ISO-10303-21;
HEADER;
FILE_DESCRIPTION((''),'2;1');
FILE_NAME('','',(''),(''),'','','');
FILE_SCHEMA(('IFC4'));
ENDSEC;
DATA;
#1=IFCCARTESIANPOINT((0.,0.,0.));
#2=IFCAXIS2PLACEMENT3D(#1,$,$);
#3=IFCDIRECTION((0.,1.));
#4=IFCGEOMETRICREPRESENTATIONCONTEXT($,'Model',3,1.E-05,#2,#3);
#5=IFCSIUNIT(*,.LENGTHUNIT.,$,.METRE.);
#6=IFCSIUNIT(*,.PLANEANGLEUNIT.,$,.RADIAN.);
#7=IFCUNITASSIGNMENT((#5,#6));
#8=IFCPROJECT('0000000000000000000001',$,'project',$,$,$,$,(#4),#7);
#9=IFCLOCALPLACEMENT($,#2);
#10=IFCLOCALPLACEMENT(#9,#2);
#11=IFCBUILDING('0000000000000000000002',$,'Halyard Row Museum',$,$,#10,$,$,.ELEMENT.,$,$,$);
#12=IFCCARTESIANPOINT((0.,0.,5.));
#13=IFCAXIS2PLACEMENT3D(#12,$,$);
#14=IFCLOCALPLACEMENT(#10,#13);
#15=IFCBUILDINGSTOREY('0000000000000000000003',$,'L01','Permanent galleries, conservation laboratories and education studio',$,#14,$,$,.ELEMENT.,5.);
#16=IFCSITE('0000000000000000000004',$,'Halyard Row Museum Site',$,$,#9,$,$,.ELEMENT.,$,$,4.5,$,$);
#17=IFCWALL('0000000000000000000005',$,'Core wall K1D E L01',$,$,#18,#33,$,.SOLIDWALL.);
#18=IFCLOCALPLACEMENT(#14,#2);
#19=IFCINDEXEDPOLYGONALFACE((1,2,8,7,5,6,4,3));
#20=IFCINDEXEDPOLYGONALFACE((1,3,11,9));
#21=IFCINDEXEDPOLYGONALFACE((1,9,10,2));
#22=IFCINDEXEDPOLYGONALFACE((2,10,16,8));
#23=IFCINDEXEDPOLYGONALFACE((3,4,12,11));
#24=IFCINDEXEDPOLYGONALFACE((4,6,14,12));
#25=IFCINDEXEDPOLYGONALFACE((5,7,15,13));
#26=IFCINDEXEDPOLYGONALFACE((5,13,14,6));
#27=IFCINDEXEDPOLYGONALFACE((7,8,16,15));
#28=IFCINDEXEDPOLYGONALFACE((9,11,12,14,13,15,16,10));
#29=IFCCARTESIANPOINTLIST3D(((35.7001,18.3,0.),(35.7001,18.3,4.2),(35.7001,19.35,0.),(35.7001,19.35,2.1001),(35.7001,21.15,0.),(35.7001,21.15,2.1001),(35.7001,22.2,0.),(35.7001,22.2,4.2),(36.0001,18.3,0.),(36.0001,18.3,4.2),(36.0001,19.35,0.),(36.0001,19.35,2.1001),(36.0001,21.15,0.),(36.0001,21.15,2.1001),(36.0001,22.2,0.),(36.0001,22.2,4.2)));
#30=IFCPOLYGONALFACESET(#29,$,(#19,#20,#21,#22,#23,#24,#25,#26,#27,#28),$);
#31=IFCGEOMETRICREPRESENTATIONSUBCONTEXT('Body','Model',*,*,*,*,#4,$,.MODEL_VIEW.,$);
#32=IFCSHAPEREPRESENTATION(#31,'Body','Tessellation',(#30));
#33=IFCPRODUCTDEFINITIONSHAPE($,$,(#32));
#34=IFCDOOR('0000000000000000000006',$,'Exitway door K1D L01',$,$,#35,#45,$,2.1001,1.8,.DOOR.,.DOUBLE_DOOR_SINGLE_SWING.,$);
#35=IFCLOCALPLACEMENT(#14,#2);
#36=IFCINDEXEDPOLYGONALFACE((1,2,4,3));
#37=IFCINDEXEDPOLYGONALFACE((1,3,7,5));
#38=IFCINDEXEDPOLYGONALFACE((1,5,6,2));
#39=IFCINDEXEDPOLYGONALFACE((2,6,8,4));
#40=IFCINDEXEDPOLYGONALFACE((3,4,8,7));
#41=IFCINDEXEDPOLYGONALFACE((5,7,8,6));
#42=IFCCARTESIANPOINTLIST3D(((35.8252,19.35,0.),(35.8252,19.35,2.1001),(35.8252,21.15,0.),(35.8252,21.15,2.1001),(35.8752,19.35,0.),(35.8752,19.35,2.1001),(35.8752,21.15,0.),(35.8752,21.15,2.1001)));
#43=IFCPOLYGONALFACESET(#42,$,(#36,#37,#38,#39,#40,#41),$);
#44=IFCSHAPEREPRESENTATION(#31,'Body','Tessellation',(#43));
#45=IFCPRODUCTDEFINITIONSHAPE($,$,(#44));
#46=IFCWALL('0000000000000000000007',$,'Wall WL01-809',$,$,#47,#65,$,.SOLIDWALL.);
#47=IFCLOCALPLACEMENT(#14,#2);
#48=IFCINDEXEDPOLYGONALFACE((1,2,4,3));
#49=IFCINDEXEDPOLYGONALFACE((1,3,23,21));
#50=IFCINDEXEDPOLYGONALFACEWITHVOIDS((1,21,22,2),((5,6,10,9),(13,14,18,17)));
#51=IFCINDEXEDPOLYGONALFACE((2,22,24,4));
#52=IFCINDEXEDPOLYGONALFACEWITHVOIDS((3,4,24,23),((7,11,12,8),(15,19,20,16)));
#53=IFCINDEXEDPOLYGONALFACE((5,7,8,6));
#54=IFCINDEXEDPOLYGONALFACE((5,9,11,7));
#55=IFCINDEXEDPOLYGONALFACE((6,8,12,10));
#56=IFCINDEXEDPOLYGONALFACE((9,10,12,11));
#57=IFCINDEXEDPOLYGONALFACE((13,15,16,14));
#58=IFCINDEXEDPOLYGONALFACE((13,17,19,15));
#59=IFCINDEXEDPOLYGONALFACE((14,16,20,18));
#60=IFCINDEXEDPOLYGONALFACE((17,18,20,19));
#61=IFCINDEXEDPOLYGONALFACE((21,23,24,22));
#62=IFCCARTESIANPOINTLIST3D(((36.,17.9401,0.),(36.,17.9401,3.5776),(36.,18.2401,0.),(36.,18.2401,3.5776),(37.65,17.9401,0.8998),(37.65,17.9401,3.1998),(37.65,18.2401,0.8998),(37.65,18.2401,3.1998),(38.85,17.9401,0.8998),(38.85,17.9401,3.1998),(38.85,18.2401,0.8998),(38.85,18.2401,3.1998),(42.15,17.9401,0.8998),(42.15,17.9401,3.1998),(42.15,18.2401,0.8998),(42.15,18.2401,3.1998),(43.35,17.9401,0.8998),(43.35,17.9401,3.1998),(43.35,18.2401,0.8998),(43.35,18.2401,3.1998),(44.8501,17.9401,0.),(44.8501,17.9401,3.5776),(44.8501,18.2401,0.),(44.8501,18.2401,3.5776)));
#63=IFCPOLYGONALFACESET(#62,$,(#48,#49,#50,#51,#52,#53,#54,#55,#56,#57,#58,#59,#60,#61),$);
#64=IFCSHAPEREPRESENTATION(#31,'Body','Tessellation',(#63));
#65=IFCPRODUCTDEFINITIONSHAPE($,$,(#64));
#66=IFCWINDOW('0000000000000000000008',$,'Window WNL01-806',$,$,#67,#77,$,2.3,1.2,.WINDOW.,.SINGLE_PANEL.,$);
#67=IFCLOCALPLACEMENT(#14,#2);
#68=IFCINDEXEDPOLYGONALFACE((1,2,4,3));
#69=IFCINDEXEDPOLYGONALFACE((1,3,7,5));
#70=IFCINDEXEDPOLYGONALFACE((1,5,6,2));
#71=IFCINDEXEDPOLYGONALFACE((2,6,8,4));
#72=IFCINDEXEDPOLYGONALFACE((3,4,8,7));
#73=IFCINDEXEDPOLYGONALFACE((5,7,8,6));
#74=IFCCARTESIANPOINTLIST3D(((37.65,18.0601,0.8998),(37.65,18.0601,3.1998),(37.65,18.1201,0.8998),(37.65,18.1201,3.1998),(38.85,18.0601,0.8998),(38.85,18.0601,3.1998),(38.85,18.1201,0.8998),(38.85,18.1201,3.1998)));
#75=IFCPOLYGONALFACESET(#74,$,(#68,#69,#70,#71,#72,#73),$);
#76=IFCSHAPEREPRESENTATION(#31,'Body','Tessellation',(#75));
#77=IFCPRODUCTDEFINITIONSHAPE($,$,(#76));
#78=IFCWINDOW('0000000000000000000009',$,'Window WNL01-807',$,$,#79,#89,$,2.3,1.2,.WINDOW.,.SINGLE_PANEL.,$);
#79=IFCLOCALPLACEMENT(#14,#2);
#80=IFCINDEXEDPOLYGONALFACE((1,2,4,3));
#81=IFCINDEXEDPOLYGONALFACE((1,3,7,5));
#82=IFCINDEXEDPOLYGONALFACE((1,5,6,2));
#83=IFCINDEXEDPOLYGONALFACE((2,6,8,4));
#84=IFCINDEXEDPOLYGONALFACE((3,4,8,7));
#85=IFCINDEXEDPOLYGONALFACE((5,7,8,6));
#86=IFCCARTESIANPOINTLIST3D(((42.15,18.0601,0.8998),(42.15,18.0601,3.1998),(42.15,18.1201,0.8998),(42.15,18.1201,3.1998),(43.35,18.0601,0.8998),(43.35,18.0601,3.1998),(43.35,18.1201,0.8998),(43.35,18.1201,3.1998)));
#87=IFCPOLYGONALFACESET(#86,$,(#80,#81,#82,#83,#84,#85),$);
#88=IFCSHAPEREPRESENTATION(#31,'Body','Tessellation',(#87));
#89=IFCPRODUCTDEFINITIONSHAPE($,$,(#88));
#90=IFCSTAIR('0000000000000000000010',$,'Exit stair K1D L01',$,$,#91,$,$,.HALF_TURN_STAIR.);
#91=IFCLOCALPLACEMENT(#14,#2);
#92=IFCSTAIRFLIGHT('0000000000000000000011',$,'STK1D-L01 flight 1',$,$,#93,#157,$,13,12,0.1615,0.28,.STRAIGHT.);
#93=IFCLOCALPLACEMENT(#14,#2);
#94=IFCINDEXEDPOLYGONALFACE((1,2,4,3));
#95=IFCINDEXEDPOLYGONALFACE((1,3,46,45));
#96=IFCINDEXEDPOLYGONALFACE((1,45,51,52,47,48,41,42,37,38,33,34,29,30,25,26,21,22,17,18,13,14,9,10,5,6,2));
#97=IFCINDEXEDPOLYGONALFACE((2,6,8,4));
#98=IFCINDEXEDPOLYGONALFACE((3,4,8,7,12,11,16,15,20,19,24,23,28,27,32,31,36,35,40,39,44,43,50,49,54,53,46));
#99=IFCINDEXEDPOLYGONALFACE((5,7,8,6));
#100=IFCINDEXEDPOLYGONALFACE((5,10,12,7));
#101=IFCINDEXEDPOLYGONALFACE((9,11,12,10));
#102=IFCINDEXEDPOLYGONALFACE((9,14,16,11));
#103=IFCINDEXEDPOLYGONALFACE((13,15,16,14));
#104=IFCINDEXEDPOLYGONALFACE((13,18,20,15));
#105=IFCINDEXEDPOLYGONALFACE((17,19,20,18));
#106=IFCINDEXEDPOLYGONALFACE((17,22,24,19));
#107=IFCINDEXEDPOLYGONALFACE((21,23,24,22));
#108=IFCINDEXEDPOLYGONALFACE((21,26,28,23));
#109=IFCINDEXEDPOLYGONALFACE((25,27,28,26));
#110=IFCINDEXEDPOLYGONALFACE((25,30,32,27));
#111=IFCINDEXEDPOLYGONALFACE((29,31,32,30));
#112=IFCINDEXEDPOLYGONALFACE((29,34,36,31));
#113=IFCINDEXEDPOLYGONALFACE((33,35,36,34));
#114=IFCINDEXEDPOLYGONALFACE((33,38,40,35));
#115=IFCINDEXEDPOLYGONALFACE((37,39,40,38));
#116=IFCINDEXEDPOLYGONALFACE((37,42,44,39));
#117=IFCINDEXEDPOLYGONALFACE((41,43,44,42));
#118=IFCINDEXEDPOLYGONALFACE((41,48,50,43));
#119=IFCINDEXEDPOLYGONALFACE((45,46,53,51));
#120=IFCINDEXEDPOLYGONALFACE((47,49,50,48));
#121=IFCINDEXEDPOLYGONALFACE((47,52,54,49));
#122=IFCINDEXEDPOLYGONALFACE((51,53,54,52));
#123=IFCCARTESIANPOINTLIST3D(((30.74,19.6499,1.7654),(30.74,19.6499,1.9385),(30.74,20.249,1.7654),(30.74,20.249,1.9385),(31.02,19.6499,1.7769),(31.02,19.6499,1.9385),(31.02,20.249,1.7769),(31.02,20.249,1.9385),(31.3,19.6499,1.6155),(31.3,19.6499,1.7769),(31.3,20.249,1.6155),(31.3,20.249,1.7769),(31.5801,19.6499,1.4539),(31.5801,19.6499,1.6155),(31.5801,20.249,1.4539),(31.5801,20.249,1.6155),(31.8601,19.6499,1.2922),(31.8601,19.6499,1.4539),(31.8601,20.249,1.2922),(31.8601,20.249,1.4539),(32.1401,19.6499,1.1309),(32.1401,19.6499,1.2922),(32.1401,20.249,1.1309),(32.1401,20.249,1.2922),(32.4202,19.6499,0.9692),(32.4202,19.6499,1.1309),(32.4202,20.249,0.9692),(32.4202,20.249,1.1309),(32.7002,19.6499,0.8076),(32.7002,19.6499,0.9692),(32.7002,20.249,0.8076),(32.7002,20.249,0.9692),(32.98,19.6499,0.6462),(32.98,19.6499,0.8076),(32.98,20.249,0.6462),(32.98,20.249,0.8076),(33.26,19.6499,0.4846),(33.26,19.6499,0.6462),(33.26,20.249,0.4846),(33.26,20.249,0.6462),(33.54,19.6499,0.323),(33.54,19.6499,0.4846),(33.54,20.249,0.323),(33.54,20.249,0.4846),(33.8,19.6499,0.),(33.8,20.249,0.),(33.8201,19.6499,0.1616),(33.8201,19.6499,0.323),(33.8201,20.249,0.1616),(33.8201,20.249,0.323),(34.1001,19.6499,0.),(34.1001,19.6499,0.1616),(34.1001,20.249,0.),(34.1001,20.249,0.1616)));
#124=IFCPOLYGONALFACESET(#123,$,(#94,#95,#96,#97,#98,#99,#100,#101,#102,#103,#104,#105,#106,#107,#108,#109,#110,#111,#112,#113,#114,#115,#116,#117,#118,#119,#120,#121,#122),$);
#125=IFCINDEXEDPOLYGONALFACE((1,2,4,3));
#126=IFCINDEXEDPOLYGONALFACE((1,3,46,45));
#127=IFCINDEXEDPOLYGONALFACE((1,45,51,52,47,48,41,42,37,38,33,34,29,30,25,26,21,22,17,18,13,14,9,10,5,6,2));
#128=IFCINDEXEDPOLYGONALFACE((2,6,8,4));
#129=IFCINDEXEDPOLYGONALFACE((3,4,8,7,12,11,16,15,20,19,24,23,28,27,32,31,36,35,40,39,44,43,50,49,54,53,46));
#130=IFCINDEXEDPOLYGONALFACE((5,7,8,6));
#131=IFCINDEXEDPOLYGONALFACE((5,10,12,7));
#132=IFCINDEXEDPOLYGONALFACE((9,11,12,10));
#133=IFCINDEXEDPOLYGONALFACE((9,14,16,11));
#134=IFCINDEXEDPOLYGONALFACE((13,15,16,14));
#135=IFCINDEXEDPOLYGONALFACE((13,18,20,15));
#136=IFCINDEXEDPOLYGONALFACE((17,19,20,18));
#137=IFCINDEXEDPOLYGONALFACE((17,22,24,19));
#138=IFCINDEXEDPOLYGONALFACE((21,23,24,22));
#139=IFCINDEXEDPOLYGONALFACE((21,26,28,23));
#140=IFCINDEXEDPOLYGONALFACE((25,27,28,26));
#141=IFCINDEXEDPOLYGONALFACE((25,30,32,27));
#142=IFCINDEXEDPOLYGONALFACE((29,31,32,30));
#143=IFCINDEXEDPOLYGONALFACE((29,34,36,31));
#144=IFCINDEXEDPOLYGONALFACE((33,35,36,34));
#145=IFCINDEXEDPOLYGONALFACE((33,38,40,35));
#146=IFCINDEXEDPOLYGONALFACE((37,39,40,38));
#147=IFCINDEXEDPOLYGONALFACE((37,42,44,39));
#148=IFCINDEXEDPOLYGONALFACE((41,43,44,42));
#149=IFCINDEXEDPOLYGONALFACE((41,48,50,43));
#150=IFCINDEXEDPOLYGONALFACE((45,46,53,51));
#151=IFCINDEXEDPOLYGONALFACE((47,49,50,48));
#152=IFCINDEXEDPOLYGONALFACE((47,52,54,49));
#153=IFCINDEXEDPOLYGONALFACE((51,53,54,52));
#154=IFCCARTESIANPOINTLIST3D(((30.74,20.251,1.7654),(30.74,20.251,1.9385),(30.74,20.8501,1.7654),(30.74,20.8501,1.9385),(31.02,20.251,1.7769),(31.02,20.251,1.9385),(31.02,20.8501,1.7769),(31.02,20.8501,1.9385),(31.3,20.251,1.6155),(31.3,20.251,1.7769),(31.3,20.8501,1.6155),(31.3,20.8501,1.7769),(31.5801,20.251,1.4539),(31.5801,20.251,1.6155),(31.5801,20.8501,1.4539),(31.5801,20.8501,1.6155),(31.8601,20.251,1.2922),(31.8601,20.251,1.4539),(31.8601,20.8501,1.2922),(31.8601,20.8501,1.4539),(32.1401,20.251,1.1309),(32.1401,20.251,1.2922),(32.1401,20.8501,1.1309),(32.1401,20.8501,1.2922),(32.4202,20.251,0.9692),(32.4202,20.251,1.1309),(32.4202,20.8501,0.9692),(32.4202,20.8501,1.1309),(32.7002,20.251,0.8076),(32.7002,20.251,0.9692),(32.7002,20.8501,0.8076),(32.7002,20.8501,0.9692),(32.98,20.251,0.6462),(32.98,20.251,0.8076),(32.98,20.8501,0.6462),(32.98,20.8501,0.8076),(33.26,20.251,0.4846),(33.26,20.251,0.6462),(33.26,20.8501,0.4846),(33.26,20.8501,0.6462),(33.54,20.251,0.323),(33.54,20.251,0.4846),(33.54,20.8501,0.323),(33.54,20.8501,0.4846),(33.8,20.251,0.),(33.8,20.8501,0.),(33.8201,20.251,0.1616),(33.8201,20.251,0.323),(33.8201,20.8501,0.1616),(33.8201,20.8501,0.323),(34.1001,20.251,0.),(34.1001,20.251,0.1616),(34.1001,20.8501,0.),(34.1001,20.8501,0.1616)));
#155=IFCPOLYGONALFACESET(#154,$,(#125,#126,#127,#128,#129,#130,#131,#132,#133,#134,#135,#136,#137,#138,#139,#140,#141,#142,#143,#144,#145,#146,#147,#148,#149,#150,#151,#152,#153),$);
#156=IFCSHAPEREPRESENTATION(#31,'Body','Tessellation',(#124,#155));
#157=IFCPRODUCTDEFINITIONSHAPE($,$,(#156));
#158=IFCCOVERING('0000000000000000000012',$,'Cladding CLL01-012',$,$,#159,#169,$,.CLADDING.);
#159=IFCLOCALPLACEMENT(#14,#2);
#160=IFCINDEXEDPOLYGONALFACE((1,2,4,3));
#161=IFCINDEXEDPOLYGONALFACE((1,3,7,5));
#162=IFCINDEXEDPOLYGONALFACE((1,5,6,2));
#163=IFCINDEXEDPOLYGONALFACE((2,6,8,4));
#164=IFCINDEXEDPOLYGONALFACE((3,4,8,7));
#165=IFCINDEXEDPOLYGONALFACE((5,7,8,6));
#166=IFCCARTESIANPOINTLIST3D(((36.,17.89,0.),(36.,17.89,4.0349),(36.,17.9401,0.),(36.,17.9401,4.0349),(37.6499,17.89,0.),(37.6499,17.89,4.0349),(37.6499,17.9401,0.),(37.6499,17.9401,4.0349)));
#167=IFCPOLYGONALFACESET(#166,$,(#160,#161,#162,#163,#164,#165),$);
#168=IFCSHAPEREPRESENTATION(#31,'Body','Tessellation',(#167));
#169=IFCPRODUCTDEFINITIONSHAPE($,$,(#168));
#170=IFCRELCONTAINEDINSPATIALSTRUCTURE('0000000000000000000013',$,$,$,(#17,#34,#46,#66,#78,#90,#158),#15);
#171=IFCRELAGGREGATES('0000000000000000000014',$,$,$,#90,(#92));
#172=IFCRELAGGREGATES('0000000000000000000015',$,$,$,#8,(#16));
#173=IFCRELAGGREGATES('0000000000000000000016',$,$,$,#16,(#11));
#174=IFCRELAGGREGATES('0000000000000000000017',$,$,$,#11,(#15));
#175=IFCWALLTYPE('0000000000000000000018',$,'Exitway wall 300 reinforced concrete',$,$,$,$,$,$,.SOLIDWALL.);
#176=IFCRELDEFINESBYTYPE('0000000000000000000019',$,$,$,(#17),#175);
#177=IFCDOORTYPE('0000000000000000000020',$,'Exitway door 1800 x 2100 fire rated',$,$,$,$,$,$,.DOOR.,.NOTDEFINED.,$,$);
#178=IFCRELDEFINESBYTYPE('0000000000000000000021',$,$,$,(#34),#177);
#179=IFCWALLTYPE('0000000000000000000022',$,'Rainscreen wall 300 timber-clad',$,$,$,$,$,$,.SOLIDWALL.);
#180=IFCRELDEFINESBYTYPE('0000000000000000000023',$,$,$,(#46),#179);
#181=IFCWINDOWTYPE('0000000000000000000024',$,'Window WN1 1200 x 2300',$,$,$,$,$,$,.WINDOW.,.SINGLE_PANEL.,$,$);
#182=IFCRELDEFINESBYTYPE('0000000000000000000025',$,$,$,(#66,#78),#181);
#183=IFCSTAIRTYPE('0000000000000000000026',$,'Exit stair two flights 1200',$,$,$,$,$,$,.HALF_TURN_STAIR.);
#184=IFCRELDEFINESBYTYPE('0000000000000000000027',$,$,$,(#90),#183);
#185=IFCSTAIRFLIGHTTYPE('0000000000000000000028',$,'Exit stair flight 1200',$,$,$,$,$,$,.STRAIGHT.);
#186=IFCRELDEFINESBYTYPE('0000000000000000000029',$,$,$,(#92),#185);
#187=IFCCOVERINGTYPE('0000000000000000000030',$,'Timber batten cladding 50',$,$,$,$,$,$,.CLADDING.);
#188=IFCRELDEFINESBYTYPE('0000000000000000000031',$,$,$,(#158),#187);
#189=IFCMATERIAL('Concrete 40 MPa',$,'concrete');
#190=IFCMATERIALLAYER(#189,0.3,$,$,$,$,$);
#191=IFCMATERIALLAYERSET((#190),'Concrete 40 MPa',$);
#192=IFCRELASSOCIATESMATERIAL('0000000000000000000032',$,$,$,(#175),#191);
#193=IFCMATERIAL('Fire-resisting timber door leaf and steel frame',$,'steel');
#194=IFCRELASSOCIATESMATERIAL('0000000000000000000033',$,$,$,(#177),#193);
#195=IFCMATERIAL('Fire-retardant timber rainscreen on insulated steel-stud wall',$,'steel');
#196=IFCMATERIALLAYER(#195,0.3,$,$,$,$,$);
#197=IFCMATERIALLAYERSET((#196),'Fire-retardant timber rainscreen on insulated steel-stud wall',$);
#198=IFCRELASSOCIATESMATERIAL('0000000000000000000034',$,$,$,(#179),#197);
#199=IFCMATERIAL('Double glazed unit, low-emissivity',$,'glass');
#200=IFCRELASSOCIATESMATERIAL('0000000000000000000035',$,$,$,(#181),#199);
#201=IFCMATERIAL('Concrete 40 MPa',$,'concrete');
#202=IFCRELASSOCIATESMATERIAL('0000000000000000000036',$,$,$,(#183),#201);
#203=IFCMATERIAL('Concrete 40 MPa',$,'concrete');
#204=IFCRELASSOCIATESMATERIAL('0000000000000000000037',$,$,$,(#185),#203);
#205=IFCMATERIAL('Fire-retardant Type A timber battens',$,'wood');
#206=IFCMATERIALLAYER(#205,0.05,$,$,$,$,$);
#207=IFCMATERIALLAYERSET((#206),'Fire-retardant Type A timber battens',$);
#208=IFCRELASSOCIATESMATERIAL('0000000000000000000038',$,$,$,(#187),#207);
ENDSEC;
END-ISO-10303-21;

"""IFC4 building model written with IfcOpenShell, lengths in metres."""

from ifc_helpers import new_model, si_unit, direction, frame, frame_2d, origin, place, context, subcontext, project, spatial, polyline, rectangle, outline, extrude, material, layer, layer_set, type_object, element, fill, aggregate, save


model = new_model("IFC4")

# Units and contexts
model_context = context("Model", 3, precision=1e-05, world=origin(), true_north=direction((0.0, 1.0)))
body_context = subcontext(model_context, "Body", "Model", "MODEL_VIEW")
ifc_project = project(units=[si_unit("LENGTHUNIT", "METRE"), si_unit("PLANEANGLEUNIT", "RADIAN")], contexts=[model_context])

# Site, building, storey
site_placement = place(None, origin())
site = spatial("IfcSite", under=ifc_project, at=site_placement, Name="Halyard Row Museum Site", CompositionType="ELEMENT", RefElevation=4.5)
building_placement = place(site_placement, origin())
building = spatial("IfcBuilding", under=site, at=building_placement, Name="Halyard Row Museum", CompositionType="ELEMENT")
storey_placement = place(building_placement, frame((0.0, 0.0, 5.0)))
storey = spatial("IfcBuildingStorey", under=building, at=storey_placement, Name="L01", Description="Permanent galleries, conservation laboratories and education studio", CompositionType="ELEMENT", Elevation=5.0)

# Wall, opening, door
ifc_material_1 = material(Name="Concrete 40 MPa", Category="concrete")
ifc_layer_1 = layer(ifc_material_1, 0.3)
ifc_layer_set_1 = layer_set([ifc_layer_1], Name="Concrete 40 MPa")
wall_type_1 = type_object("IfcWallType", Name="Exitway wall 300 reinforced concrete", PredefinedType="SOLIDWALL", material=ifc_layer_set_1)
wall_1_placement = place(storey_placement, frame((35.8501, 18.3, 0.0), z_axis=(0.0, 0.0, 1.0), x_axis=(0.0, 1.0, 0.0)))
wall_1 = element("IfcWall", 1, at=wall_1_placement, inside=storey, type_object=wall_type_1, Name="Core wall K1D E L01", PredefinedType="SOLIDWALL", context=body_context, shape_type="SweptSolid", body=[
    extrude(rectangle(XDim=3.8999, YDim=0.3, at=frame_2d((1.95, 0.0))), origin(), (0.0, 0.0, 1.0), 4.2),
])
opening_1_placement = place(wall_1_placement, frame((1.05, 0.0, 0.0)))
opening_1 = element("IfcOpeningElement", 2, at=opening_1_placement, cuts=wall_1, PredefinedType="OPENING", context=body_context, shape_type="SweptSolid", body=[
    extrude(rectangle(XDim=1.8, YDim=2.1001, at=frame_2d((0.8999, 1.05))), frame((0.0, 0.1599, 0.0), z_axis=(0.0, -1.0, 0.0), x_axis=(1.0, 0.0, 0.0)), (0.0, 0.0, 1.0), 0.3201),
])
ifc_material_2 = material(Name="Fire-resisting timber door leaf and steel frame", Category="steel")
door_type = type_object("IfcDoorType", Name="Exitway door 1800 x 2100 fire rated", OperationType="NOTDEFINED", PredefinedType="DOOR", material=ifc_material_2)
door_placement = place(opening_1_placement, origin())
door = element("IfcDoor", 3, at=door_placement, inside=storey, type_object=door_type, Name="Exitway door K1D L01", OperationType="DOUBLE_DOOR_SINGLE_SWING", OverallHeight=2.1001, OverallWidth=1.8, PredefinedType="DOOR", context=body_context, shape_type="SweptSolid", body=[
    extrude(rectangle(XDim=1.8, YDim=2.1001, at=frame_2d((0.8999, 1.05))), frame((0.0, 0.0249, 0.0), z_axis=(0.0, -1.0, 0.0), x_axis=(1.0, 0.0, 0.0)), (0.0, 0.0, 1.0), 0.05),
])
fill(opening_1, door)

# Wall, openings, windows
ifc_material_3 = material(Name="Fire-retardant timber rainscreen on insulated steel-stud wall", Category="steel")
ifc_layer_2 = layer(ifc_material_3, 0.3)
ifc_layer_set_2 = layer_set([ifc_layer_2], Name="Fire-retardant timber rainscreen on insulated steel-stud wall")
wall_type_2 = type_object("IfcWallType", Name="Rainscreen wall 300 timber-clad", PredefinedType="SOLIDWALL", material=ifc_layer_set_2)
wall_2_placement = place(storey_placement, frame((36.0, 18.0901, 0.0), z_axis=(0.0, 0.0, 1.0), x_axis=(1.0, 0.0, 0.0)))
wall_2 = element("IfcWall", 4, at=wall_2_placement, inside=storey, type_object=wall_type_2, Name="Wall WL01-809", PredefinedType="SOLIDWALL", context=body_context, shape_type="SweptSolid", body=[
    extrude(rectangle(XDim=8.8501, YDim=0.3, at=frame_2d((4.425, 0.0))), origin(), (0.0, 0.0, 1.0), 3.5776),
])
opening_2_placement = place(wall_2_placement, frame((1.6499, 0.0, 0.8999)))
opening_2 = element("IfcOpeningElement", 5, at=opening_2_placement, cuts=wall_2, PredefinedType="OPENING", context=body_context, shape_type="SweptSolid", body=[
    extrude(rectangle(XDim=1.2, YDim=2.3, at=frame_2d((0.6001, 1.1499))), frame((0.0, 0.1599, 0.0), z_axis=(0.0, -1.0, 0.0), x_axis=(1.0, 0.0, 0.0)), (0.0, 0.0, 1.0), 0.3201),
])
opening_3_placement = place(wall_2_placement, frame((6.1499, 0.0, 0.8999)))
opening_3 = element("IfcOpeningElement", 6, at=opening_3_placement, cuts=wall_2, PredefinedType="OPENING", context=body_context, shape_type="SweptSolid", body=[
    extrude(rectangle(XDim=1.2, YDim=2.3, at=frame_2d((0.6001, 1.1499))), frame((0.0, 0.1599, 0.0), z_axis=(0.0, -1.0, 0.0), x_axis=(1.0, 0.0, 0.0)), (0.0, 0.0, 1.0), 0.3201),
])
ifc_material_4 = material(Name="Double glazed unit, low-emissivity", Category="glass")
window_type = type_object("IfcWindowType", Name="Window WN1 1200 x 2300", PartitioningType="SINGLE_PANEL", PredefinedType="WINDOW", material=ifc_material_4)
window_1_placement = place(opening_2_placement, origin())
window_1 = element("IfcWindow", 7, at=window_1_placement, inside=storey, type_object=window_type, Name="Window WNL01-806", OverallHeight=2.3, OverallWidth=1.2, PartitioningType="SINGLE_PANEL", PredefinedType="WINDOW", context=body_context, shape_type="SweptSolid", body=[
    extrude(rectangle(XDim=1.2, YDim=2.3, at=frame_2d((0.6001, 1.1499))), frame((0.0, 0.03, 0.0), z_axis=(0.0, -1.0, 0.0), x_axis=(1.0, 0.0, 0.0)), (0.0, 0.0, 1.0), 0.0601),
])
fill(opening_2, window_1)
window_2_placement = place(opening_3_placement, origin())
window_2 = element("IfcWindow", 8, at=window_2_placement, inside=storey, type_object=window_type, Name="Window WNL01-807", OverallHeight=2.3, OverallWidth=1.2, PartitioningType="SINGLE_PANEL", PredefinedType="WINDOW", context=body_context, shape_type="SweptSolid", body=[
    extrude(rectangle(XDim=1.2, YDim=2.3, at=frame_2d((0.6001, 1.1499))), frame((0.0, 0.03, 0.0), z_axis=(0.0, -1.0, 0.0), x_axis=(1.0, 0.0, 0.0)), (0.0, 0.0, 1.0), 0.0601),
])
fill(opening_3, window_2)

# Stair, stair flight
ifc_material_5 = material(Name="Concrete 40 MPa", Category="concrete")
stair_type = type_object("IfcStairType", Name="Exit stair two flights 1200", PredefinedType="HALF_TURN_STAIR", material=ifc_material_5)
stair_placement = place(storey_placement, origin())
stair = element("IfcStair", 9, at=stair_placement, inside=storey, type_object=stair_type, Name="Exit stair K1D L01", PredefinedType="HALF_TURN_STAIR")
ifc_material_6 = material(Name="Concrete 40 MPa", Category="concrete")
stair_flight_type = type_object("IfcStairFlightType", Name="Exit stair flight 1200", PredefinedType="STRAIGHT", material=ifc_material_6)
stair_flight_placement = place(storey_placement, frame((34.1001, 20.25, 0.0), z_axis=(0.0, 0.0, 1.0), x_axis=(-1.0, 0.0, 0.0)))
stair_flight = element("IfcStairFlight", 10, at=stair_flight_placement, type_object=stair_flight_type, Name="STK1D-L01 flight 1", NumberOfRisers=13, NumberOfTreads=12, PredefinedType="STRAIGHT", RiserHeight=0.1615, TreadLength=0.28, context=body_context, shape_type="SweptSolid", body=[
    extrude(outline(polyline([(0.0, 0.0), (0.0, 0.1616), (0.28, 0.1616), (0.28, 0.323), (0.5601, 0.323), (0.5601, 0.4846), (0.8401, 0.4846), (0.8401, 0.6462), (1.1201, 0.6462), (1.1201, 0.8076), (1.3999, 0.8076), (1.3999, 0.9692), (1.6799, 0.9692), (1.6799, 1.1309), (1.96, 1.1309), (1.96, 1.2922), (2.24, 1.2922), (2.24, 1.4539), (2.52, 1.4539), (2.52, 1.6155), (2.8, 1.6155), (2.8, 1.7769), (3.0801, 1.7769), (3.0801, 1.9385), (3.3601, 1.9385), (3.3601, 2.1001), (3.3601, 1.7654), (0.3, 0.0), (0.0, 0.0)])), frame((0.0, 0.6001, 0.0), z_axis=(0.0, -1.0, 0.0), x_axis=(1.0, 0.0, 0.0)), (0.0, 0.0, 1.0), 0.5991),
    extrude(outline(polyline([(0.0, 0.0), (0.0, 0.1616), (0.28, 0.1616), (0.28, 0.323), (0.5601, 0.323), (0.5601, 0.4846), (0.8401, 0.4846), (0.8401, 0.6462), (1.1201, 0.6462), (1.1201, 0.8076), (1.3999, 0.8076), (1.3999, 0.9692), (1.6799, 0.9692), (1.6799, 1.1309), (1.96, 1.1309), (1.96, 1.2922), (2.24, 1.2922), (2.24, 1.4539), (2.52, 1.4539), (2.52, 1.6155), (2.8, 1.6155), (2.8, 1.7769), (3.0801, 1.7769), (3.0801, 1.9385), (3.3601, 1.9385), (3.3601, 2.1001), (3.3601, 1.7654), (0.3, 0.0), (0.0, 0.0)])), frame((0.0, -0.001, 0.0), z_axis=(0.0, -1.0, 0.0), x_axis=(1.0, 0.0, 0.0)), (0.0, 0.0, 1.0), 0.5991),
])
aggregate(stair, [stair_flight])

# Covering
ifc_material_7 = material(Name="Fire-retardant Type A timber battens", Category="wood")
ifc_layer_3 = layer(ifc_material_7, 0.05)
ifc_layer_set_3 = layer_set([ifc_layer_3], Name="Fire-retardant Type A timber battens")
covering_type = type_object("IfcCoveringType", Name="Timber batten cladding 50", PredefinedType="CLADDING", material=ifc_layer_set_3)
covering_1_placement = place(storey_placement, frame((36.0, 17.915, 0.0), z_axis=(0.0, 0.0, 1.0), x_axis=(1.0, 0.0, 0.0)))
element("IfcCovering", 11, at=covering_1_placement, inside=storey, type_object=covering_type, Name="Cladding CLL01-012", PredefinedType="CLADDING", context=body_context, shape_type="SweptSolid", body=[
    extrude(rectangle(XDim=1.6499, YDim=0.05, at=frame_2d((0.825, 0.0))), origin(), (0.0, 0.0, 1.0), 4.0349),
])

save(model, "model.ifc")
